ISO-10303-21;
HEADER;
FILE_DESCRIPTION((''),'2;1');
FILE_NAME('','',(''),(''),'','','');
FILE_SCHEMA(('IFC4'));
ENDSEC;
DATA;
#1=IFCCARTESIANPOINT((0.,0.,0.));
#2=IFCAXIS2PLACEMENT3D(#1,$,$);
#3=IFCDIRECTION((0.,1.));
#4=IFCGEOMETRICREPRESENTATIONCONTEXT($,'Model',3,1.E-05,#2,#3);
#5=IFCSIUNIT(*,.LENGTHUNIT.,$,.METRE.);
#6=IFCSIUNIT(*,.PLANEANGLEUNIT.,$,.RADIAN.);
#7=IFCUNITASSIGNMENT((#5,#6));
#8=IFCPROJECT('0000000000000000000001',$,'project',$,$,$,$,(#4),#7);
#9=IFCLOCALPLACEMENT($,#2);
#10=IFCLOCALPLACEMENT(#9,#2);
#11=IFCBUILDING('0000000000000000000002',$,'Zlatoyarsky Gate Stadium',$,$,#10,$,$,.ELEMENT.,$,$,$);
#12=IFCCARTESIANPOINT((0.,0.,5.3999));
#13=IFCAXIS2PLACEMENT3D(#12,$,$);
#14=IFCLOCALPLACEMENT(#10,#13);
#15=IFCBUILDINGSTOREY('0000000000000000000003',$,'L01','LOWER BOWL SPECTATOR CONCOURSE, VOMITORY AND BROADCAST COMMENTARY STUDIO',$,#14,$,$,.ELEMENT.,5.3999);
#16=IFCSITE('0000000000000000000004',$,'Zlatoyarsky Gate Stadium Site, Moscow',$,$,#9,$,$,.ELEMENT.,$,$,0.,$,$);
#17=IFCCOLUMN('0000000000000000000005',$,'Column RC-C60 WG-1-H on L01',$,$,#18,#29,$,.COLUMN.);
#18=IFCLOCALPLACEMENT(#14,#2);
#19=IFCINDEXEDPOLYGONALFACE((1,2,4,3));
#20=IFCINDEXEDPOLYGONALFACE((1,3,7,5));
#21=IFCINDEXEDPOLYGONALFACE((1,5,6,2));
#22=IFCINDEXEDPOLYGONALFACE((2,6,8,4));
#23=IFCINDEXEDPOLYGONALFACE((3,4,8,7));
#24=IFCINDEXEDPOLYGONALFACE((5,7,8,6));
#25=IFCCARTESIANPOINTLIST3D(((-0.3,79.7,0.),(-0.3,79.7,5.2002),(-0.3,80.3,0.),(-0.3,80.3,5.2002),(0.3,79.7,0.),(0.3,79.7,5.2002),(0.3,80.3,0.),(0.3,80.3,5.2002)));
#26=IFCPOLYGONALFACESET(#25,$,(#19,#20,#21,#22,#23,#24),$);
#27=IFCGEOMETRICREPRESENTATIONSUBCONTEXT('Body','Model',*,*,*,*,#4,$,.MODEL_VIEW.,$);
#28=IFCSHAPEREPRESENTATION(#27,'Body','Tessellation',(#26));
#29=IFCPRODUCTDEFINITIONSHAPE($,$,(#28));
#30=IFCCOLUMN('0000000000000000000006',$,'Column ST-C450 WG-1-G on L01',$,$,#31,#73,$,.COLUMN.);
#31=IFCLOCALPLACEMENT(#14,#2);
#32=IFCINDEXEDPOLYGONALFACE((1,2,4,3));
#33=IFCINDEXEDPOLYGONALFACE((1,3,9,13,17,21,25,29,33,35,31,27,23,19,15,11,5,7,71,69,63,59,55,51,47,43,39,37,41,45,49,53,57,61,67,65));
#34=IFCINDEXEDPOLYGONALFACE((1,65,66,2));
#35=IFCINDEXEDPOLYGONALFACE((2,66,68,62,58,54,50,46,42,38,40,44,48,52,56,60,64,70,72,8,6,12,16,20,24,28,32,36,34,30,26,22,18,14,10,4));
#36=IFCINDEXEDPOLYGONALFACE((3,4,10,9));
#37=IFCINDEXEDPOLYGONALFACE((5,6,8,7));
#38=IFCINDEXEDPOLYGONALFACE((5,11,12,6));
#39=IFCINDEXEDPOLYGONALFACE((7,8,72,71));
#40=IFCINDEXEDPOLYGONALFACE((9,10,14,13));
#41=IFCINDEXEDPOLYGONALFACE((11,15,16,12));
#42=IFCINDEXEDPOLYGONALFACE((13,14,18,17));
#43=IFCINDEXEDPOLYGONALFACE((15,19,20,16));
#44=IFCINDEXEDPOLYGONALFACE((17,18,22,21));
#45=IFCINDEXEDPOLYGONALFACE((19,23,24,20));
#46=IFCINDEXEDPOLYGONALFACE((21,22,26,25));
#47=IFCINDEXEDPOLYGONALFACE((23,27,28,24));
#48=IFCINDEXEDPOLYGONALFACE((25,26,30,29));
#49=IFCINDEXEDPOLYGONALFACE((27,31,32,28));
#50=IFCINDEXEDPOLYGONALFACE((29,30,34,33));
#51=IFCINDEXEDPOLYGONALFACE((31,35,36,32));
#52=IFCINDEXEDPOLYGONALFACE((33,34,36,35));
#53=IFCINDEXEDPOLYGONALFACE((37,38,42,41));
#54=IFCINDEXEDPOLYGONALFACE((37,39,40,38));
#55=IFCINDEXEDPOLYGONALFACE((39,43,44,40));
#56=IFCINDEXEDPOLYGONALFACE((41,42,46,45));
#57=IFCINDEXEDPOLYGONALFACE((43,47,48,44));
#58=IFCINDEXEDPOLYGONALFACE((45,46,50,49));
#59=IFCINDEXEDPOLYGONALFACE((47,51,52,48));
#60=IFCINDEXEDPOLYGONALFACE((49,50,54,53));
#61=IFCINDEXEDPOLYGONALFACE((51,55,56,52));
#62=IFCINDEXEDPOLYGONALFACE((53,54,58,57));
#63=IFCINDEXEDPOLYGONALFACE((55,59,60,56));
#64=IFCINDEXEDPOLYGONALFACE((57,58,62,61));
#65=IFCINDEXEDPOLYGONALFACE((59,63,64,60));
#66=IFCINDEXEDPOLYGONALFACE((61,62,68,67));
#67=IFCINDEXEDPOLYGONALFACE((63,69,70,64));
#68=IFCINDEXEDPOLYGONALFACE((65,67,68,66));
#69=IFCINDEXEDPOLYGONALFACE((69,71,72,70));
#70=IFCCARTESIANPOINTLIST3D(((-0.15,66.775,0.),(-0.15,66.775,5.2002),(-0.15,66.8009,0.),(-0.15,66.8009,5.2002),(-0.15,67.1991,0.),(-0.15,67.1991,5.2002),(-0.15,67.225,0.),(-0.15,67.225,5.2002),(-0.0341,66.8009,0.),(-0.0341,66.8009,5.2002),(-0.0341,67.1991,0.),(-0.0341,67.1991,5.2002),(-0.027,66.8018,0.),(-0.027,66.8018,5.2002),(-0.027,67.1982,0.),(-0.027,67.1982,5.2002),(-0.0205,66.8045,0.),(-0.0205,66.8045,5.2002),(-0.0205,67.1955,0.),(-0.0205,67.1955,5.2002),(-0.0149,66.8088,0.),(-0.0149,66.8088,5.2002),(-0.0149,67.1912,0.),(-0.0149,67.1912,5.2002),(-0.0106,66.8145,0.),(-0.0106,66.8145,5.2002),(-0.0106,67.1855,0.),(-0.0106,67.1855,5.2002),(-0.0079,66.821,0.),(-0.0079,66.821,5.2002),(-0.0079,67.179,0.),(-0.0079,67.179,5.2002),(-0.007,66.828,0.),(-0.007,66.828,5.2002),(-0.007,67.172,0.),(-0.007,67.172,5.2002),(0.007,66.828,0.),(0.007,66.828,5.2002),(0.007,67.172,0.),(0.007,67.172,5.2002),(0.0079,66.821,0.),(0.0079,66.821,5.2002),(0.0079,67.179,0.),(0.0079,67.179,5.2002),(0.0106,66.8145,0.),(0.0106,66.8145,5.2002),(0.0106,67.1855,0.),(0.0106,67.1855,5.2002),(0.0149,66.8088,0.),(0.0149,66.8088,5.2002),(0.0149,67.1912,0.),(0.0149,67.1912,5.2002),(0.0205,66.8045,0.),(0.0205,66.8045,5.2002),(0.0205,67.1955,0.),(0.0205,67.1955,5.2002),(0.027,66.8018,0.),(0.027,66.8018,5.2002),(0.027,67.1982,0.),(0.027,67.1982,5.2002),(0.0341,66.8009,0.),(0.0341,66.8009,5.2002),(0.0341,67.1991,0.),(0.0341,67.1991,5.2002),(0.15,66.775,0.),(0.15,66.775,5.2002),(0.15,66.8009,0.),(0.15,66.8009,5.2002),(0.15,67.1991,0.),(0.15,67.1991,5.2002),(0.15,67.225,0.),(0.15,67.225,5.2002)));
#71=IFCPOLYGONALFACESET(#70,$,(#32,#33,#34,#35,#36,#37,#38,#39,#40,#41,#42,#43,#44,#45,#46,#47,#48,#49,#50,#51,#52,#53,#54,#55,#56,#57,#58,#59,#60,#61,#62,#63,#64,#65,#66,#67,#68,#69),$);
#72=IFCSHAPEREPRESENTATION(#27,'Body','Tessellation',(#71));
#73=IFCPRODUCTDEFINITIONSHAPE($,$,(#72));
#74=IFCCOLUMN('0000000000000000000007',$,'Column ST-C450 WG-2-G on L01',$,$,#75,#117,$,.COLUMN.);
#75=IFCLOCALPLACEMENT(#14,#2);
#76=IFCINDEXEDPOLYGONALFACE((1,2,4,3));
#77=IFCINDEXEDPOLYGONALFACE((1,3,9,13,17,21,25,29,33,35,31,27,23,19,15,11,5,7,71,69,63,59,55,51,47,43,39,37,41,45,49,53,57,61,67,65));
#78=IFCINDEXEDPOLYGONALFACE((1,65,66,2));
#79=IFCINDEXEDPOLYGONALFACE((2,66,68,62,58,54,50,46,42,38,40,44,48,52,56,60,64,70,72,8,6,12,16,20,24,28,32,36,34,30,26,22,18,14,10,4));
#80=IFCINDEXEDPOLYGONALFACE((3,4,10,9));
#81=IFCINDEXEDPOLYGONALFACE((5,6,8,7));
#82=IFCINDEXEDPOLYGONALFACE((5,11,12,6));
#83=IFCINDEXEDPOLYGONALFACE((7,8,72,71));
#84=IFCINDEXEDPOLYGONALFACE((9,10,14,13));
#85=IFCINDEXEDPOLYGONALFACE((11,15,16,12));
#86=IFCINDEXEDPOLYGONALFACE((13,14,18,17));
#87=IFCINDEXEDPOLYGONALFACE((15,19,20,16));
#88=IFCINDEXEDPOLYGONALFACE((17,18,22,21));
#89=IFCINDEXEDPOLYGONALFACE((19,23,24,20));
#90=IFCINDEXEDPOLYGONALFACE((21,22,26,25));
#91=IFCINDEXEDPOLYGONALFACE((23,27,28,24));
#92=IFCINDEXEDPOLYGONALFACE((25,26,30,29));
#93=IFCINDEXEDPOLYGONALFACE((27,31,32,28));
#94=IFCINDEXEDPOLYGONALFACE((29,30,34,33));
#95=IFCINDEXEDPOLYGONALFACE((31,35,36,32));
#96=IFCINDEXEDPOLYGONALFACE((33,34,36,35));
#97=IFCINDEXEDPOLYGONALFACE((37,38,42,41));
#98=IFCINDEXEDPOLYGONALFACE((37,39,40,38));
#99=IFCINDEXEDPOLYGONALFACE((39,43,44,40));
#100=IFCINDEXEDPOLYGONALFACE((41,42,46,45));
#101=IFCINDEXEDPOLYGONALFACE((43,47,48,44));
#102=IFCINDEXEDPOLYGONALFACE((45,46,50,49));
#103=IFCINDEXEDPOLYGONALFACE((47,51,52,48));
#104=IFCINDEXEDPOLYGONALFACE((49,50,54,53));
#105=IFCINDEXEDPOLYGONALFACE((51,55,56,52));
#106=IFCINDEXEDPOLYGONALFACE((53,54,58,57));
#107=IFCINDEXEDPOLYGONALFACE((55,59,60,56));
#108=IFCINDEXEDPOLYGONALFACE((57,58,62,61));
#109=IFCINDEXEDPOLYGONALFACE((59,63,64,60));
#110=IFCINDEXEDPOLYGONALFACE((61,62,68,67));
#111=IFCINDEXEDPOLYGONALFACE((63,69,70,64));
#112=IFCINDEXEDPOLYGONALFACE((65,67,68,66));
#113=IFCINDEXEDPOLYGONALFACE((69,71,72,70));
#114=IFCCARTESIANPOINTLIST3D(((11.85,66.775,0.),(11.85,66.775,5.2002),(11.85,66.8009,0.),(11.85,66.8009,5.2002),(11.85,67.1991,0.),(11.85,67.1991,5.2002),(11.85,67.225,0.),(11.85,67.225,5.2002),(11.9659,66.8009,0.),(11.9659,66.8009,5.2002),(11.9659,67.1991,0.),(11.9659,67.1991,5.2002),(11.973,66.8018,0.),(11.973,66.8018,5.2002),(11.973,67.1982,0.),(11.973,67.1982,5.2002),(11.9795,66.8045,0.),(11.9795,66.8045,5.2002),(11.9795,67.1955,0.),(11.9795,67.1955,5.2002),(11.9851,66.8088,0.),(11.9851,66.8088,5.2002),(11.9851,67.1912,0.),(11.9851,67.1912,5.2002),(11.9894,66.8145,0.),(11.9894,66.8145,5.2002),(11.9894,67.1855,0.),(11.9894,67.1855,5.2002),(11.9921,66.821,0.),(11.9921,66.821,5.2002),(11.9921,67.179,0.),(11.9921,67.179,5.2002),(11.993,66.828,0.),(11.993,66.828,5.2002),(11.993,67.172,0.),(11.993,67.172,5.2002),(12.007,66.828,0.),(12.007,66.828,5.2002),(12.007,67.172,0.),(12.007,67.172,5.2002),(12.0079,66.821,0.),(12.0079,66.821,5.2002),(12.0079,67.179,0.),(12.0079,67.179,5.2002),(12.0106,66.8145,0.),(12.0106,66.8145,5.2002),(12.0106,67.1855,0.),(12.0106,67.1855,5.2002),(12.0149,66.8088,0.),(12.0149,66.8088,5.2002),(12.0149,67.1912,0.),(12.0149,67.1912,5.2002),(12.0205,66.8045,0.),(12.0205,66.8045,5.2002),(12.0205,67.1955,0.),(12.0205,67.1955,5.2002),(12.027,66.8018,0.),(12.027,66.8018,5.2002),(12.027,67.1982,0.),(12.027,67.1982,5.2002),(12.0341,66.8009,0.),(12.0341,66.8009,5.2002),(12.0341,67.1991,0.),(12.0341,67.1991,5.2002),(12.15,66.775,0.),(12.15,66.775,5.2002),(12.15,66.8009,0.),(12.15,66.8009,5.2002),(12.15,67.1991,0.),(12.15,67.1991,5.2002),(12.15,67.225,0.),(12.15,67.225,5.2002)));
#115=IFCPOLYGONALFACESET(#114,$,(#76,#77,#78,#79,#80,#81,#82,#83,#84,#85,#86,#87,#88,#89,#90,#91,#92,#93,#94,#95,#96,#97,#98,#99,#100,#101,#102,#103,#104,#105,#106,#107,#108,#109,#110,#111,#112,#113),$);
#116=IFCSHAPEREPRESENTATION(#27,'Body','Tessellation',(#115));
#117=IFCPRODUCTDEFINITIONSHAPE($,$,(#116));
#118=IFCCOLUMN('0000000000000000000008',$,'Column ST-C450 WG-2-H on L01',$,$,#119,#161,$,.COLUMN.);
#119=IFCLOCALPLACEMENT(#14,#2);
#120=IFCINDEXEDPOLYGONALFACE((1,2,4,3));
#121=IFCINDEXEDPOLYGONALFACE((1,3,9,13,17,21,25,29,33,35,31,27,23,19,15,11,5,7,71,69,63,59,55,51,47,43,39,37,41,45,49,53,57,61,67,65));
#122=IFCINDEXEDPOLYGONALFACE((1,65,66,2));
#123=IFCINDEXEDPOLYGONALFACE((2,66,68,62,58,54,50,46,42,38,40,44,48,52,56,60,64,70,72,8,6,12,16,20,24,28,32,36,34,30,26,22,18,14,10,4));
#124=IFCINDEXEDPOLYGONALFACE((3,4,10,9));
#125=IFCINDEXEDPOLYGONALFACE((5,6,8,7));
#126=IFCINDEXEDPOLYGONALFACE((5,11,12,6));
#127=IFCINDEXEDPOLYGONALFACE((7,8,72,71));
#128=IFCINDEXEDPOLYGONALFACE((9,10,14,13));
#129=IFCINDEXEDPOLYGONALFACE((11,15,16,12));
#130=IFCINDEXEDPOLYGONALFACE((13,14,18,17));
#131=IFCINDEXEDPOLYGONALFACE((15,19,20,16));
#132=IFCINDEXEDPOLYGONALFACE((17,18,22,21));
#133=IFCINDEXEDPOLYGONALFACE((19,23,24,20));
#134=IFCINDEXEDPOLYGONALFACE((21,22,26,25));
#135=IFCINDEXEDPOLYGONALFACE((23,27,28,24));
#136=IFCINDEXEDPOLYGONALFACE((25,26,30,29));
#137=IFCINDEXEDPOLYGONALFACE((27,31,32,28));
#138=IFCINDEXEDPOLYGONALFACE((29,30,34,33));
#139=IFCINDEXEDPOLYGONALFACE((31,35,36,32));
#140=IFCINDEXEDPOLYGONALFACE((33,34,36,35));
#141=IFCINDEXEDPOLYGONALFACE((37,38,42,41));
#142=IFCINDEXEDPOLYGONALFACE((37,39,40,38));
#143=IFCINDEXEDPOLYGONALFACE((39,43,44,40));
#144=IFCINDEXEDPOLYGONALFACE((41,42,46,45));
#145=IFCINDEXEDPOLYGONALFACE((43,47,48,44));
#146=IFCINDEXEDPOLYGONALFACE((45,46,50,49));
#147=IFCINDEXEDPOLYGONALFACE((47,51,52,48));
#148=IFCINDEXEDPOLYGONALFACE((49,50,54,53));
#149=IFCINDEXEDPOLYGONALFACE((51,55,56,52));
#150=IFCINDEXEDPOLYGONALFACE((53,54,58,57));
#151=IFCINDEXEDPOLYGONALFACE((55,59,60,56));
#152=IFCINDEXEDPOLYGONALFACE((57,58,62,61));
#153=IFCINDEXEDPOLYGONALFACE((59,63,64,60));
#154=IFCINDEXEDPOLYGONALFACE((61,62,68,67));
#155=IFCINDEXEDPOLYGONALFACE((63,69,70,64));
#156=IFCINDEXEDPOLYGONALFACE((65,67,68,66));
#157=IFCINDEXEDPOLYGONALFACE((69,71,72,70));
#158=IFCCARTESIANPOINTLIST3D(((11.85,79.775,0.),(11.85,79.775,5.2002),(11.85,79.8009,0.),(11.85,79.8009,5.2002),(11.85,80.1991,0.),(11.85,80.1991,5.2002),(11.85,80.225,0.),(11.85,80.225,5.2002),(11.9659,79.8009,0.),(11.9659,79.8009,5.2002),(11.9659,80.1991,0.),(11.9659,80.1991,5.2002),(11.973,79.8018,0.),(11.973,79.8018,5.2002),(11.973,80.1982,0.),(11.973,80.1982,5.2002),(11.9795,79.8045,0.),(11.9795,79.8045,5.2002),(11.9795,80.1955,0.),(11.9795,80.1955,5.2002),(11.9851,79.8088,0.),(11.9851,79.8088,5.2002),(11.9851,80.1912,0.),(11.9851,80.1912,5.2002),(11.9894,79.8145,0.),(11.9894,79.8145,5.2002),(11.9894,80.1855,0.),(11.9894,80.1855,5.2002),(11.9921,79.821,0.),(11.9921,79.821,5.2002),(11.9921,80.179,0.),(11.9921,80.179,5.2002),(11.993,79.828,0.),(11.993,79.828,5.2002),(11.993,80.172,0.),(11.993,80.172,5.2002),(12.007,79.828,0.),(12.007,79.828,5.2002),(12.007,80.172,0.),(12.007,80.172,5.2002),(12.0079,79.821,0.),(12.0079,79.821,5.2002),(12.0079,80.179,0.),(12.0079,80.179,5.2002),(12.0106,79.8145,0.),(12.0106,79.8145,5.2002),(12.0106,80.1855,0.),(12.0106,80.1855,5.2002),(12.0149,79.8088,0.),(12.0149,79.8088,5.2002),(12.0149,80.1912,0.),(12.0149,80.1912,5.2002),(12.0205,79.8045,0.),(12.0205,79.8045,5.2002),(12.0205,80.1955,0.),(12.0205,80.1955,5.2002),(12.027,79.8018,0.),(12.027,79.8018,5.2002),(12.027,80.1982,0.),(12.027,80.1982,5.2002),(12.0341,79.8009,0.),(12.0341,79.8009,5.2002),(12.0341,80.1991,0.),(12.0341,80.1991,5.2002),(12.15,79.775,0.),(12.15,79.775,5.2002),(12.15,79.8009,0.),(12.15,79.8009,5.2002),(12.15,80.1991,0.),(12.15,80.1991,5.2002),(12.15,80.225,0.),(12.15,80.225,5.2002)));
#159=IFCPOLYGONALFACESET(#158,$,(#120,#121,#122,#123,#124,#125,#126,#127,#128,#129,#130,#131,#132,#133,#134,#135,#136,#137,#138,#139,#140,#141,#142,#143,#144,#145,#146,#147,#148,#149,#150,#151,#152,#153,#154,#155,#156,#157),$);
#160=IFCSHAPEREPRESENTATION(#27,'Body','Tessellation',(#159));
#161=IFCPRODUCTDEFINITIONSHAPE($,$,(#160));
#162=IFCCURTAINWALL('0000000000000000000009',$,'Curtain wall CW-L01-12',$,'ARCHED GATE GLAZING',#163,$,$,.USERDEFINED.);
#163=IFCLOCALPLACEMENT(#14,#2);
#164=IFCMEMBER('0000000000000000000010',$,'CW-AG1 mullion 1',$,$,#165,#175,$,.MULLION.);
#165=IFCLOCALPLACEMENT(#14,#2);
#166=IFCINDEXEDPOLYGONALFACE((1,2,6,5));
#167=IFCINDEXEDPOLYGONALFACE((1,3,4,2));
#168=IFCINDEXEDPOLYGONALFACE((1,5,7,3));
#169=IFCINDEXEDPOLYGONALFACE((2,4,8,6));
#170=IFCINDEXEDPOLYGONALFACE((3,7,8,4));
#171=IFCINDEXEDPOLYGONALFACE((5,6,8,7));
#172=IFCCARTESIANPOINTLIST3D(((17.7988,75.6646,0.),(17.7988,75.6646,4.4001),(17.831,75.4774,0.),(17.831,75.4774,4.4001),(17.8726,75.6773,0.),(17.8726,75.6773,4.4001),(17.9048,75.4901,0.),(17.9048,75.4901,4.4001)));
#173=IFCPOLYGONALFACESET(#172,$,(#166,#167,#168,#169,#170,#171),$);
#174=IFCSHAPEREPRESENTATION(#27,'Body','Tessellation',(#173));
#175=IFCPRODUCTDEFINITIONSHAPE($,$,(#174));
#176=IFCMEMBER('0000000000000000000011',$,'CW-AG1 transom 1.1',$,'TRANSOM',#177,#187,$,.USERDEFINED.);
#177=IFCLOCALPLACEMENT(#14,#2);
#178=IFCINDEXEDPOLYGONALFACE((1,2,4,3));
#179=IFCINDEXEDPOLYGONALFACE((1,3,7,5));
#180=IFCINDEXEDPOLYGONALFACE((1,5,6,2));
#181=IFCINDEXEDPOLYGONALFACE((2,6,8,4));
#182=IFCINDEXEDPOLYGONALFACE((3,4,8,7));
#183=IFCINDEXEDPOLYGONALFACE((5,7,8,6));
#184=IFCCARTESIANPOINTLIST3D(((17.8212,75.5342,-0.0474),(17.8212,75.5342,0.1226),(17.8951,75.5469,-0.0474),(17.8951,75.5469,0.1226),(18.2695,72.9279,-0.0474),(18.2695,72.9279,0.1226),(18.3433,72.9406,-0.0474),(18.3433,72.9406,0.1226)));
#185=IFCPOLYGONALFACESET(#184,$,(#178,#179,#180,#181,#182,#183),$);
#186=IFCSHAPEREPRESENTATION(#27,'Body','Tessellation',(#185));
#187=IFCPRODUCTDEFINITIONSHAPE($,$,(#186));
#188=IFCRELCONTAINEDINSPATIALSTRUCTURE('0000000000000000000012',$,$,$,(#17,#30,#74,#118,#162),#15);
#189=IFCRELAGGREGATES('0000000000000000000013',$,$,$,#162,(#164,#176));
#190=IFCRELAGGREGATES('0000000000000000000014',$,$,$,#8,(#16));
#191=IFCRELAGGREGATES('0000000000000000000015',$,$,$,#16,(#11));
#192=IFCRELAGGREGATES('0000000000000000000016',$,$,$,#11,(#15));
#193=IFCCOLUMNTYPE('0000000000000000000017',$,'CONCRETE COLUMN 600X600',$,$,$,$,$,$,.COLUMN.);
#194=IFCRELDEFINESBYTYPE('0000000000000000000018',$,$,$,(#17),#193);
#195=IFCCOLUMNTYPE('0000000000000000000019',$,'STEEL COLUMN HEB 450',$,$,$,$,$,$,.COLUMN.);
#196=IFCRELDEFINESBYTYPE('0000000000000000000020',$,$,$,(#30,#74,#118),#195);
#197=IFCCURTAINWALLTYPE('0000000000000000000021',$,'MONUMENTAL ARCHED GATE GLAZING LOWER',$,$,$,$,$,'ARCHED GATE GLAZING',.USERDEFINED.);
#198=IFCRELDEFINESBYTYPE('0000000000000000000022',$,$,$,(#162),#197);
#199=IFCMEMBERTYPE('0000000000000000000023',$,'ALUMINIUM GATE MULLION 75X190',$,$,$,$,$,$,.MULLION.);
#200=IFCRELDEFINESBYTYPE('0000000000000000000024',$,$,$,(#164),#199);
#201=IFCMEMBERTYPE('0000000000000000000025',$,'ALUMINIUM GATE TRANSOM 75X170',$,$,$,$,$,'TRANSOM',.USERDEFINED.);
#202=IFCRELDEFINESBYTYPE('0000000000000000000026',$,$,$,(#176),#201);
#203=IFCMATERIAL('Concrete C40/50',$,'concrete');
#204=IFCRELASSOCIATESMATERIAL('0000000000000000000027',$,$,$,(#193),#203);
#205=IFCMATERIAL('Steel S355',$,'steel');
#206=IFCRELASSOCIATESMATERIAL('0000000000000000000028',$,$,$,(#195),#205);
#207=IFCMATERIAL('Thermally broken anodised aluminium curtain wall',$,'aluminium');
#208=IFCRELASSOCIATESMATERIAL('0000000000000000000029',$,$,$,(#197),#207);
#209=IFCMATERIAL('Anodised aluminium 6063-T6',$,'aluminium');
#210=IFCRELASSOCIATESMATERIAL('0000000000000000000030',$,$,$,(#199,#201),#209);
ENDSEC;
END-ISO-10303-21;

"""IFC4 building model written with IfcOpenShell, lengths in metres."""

from ifc_helpers import new_model, si_unit, direction, frame, origin, origin_2d, place, context, subcontext, project, spatial, rectangle, i_section, extrude, material, material_profile, profile_set, type_object, element, aggregate, save


model = new_model("IFC4")

# Units and contexts
model_context = context("Model", 3, precision=1e-05, world=origin(), true_north=direction((0.0, 1.0)))
body_context = subcontext(model_context, "Body", "Model", "MODEL_VIEW")
ifc_project = project(units=[si_unit("LENGTHUNIT", "METRE"), si_unit("PLANEANGLEUNIT", "RADIAN")], contexts=[model_context])

# Site, building, storey
site_placement = place(None, origin())
site = spatial("IfcSite", under=ifc_project, at=site_placement, Name="Zlatoyarsky Gate Stadium Site, Moscow", CompositionType="ELEMENT", RefElevation=0.0)
building_placement = place(site_placement, origin())
building = spatial("IfcBuilding", under=site, at=building_placement, Name="Zlatoyarsky Gate Stadium", CompositionType="ELEMENT")
storey_placement = place(building_placement, frame((0.0, 0.0, 5.3999)))
storey = spatial("IfcBuildingStorey", under=building, at=storey_placement, Name="L01", Description="LOWER BOWL SPECTATOR CONCOURSE, VOMITORY AND BROADCAST COMMENTARY STUDIO", CompositionType="ELEMENT", Elevation=5.3999)

# Columns
ifc_material_1 = material(Name="Concrete C40/50", Category="concrete")
ifc_material_profile_1 = material_profile(ifc_material_1, rectangle(XDim=0.6001, YDim=0.6001, at=origin_2d()), Name="RC COL 600X600")
ifc_profile_set_1 = profile_set([ifc_material_profile_1], Name="Concrete C40/50")
column_type_1 = type_object("IfcColumnType", Name="CONCRETE COLUMN 600X600", PredefinedType="COLUMN", material=ifc_profile_set_1)
column_placement = place(storey_placement, frame((0.0, 80.0, 0.0), z_axis=(0.0, 0.0, 1.0), x_axis=(1.0, 0.0, 0.0)))
element("IfcColumn", 1, at=column_placement, inside=storey, type_object=column_type_1, Name="Column RC-C60 WG-1-H on L01", PredefinedType="COLUMN", context=body_context, shape_type="SweptSolid", body=[
    extrude(rectangle(XDim=0.6001, YDim=0.6001, at=origin_2d()), origin(), (0.0, 0.0, 1.0), 5.2002),
])
ifc_material_2 = material(Name="Steel S355", Category="steel")
ifc_material_profile_2 = material_profile(ifc_material_2, i_section(OverallWidth=0.3, OverallDepth=0.45, WebThickness=0.0139, FlangeThickness=0.0259, FilletRadius=0.0271, at=origin_2d()), Name="HEB 450")
ifc_profile_set_2 = profile_set([ifc_material_profile_2], Name="Steel S355")
column_type_2 = type_object("IfcColumnType", Name="STEEL COLUMN HEB 450", PredefinedType="COLUMN", material=ifc_profile_set_2)
for number, where, z_axis, x_axis, name in (
    (2, (0.0, 67.0, 0.0), (0.0, 0.0, 1.0), (1.0, 0.0, 0.0), "Column ST-C450 WG-1-G on L01"),
    (3, (12.0, 67.0, 0.0), (0.0, 0.0, 1.0), (1.0, 0.0, 0.0), "Column ST-C450 WG-2-G on L01"),
    (4, (12.0, 80.0, 0.0), (0.0, 0.0, 1.0), (1.0, 0.0, 0.0), "Column ST-C450 WG-2-H on L01"),
):
    element("IfcColumn", number, at=place(storey_placement, frame(where, z_axis=z_axis, x_axis=x_axis)), inside=storey, type_object=column_type_2, Name=name, PredefinedType="COLUMN", context=body_context, shape_type="SweptSolid", body=[
        extrude(i_section(OverallWidth=0.3, OverallDepth=0.45, WebThickness=0.0139, FlangeThickness=0.0259, FilletRadius=0.0271, at=origin_2d()), origin(), (0.0, 0.0, 1.0), 5.2002),
    ])

# Curtain wall, members
ifc_material_3 = material(Name="Thermally broken anodised aluminium curtain wall", Category="aluminium")
curtain_wall_type_1 = type_object("IfcCurtainWallType", Name="MONUMENTAL ARCHED GATE GLAZING LOWER", ElementType="ARCHED GATE GLAZING", PredefinedType="USERDEFINED", material=ifc_material_3)
curtain_wall_1_placement = place(storey_placement, origin())
curtain_wall_1 = element("IfcCurtainWall", 5, at=curtain_wall_1_placement, inside=storey, type_object=curtain_wall_type_1, Name="Curtain wall CW-L01-12", ObjectType="ARCHED GATE GLAZING", PredefinedType="USERDEFINED")
ifc_material_4 = material(Name="Anodised aluminium 6063-T6", Category="aluminium")
ifc_material_profile_3 = material_profile(ifc_material_4, rectangle(XDim=0.075, YDim=0.1899, at=origin_2d()), Name="ALU 75X190")
ifc_profile_set_3 = profile_set([ifc_material_profile_3], Name="Anodised aluminium 6063-T6")
member_type_1 = type_object("IfcMemberType", Name="ALUMINIUM GATE MULLION 75X190", PredefinedType="MULLION", material=ifc_profile_set_3)
member_1_placement = place(storey_placement, frame((17.8518, 75.5774, 0.0), z_axis=(0.0, 0.0, 1.0), x_axis=(0.985538, 0.169452, 0.0)))
member_1 = element("IfcMember", 6, at=member_1_placement, type_object=member_type_1, Name="CW-AG1 mullion 1", PredefinedType="MULLION", context=body_context, shape_type="SweptSolid", body=[
    extrude(rectangle(XDim=0.075, YDim=0.1899, at=origin_2d()), origin(), (0.0, 0.0, 1.0), 4.4001),
])
ifc_material_profile_4 = material_profile(ifc_material_4, rectangle(XDim=0.075, YDim=0.1699, at=origin_2d()), Name="ALU 75X170")
ifc_profile_set_4 = profile_set([ifc_material_profile_4], Name="Anodised aluminium 6063-T6")
member_type_2 = type_object("IfcMemberType", Name="ALUMINIUM GATE TRANSOM 75X170", ElementType="TRANSOM", PredefinedType="USERDEFINED", material=ifc_profile_set_4)
member_2_placement = place(storey_placement, frame((17.8582, 75.5405, 0.0376), z_axis=(0.169502, -0.98553, 0.0), x_axis=(0.98553, 0.169502, 0.0)))
member_2 = element("IfcMember", 7, at=member_2_placement, type_object=member_type_2, Name="CW-AG1 transom 1.1", ObjectType="TRANSOM", PredefinedType="USERDEFINED", context=body_context, shape_type="SweptSolid", body=[
    extrude(rectangle(XDim=0.075, YDim=0.1699, at=origin_2d()), origin(), (0.0, 0.0, 1.0), 2.6445),
])
aggregate(curtain_wall_1, [member_1, member_2])

save(model, "model.ifc")
